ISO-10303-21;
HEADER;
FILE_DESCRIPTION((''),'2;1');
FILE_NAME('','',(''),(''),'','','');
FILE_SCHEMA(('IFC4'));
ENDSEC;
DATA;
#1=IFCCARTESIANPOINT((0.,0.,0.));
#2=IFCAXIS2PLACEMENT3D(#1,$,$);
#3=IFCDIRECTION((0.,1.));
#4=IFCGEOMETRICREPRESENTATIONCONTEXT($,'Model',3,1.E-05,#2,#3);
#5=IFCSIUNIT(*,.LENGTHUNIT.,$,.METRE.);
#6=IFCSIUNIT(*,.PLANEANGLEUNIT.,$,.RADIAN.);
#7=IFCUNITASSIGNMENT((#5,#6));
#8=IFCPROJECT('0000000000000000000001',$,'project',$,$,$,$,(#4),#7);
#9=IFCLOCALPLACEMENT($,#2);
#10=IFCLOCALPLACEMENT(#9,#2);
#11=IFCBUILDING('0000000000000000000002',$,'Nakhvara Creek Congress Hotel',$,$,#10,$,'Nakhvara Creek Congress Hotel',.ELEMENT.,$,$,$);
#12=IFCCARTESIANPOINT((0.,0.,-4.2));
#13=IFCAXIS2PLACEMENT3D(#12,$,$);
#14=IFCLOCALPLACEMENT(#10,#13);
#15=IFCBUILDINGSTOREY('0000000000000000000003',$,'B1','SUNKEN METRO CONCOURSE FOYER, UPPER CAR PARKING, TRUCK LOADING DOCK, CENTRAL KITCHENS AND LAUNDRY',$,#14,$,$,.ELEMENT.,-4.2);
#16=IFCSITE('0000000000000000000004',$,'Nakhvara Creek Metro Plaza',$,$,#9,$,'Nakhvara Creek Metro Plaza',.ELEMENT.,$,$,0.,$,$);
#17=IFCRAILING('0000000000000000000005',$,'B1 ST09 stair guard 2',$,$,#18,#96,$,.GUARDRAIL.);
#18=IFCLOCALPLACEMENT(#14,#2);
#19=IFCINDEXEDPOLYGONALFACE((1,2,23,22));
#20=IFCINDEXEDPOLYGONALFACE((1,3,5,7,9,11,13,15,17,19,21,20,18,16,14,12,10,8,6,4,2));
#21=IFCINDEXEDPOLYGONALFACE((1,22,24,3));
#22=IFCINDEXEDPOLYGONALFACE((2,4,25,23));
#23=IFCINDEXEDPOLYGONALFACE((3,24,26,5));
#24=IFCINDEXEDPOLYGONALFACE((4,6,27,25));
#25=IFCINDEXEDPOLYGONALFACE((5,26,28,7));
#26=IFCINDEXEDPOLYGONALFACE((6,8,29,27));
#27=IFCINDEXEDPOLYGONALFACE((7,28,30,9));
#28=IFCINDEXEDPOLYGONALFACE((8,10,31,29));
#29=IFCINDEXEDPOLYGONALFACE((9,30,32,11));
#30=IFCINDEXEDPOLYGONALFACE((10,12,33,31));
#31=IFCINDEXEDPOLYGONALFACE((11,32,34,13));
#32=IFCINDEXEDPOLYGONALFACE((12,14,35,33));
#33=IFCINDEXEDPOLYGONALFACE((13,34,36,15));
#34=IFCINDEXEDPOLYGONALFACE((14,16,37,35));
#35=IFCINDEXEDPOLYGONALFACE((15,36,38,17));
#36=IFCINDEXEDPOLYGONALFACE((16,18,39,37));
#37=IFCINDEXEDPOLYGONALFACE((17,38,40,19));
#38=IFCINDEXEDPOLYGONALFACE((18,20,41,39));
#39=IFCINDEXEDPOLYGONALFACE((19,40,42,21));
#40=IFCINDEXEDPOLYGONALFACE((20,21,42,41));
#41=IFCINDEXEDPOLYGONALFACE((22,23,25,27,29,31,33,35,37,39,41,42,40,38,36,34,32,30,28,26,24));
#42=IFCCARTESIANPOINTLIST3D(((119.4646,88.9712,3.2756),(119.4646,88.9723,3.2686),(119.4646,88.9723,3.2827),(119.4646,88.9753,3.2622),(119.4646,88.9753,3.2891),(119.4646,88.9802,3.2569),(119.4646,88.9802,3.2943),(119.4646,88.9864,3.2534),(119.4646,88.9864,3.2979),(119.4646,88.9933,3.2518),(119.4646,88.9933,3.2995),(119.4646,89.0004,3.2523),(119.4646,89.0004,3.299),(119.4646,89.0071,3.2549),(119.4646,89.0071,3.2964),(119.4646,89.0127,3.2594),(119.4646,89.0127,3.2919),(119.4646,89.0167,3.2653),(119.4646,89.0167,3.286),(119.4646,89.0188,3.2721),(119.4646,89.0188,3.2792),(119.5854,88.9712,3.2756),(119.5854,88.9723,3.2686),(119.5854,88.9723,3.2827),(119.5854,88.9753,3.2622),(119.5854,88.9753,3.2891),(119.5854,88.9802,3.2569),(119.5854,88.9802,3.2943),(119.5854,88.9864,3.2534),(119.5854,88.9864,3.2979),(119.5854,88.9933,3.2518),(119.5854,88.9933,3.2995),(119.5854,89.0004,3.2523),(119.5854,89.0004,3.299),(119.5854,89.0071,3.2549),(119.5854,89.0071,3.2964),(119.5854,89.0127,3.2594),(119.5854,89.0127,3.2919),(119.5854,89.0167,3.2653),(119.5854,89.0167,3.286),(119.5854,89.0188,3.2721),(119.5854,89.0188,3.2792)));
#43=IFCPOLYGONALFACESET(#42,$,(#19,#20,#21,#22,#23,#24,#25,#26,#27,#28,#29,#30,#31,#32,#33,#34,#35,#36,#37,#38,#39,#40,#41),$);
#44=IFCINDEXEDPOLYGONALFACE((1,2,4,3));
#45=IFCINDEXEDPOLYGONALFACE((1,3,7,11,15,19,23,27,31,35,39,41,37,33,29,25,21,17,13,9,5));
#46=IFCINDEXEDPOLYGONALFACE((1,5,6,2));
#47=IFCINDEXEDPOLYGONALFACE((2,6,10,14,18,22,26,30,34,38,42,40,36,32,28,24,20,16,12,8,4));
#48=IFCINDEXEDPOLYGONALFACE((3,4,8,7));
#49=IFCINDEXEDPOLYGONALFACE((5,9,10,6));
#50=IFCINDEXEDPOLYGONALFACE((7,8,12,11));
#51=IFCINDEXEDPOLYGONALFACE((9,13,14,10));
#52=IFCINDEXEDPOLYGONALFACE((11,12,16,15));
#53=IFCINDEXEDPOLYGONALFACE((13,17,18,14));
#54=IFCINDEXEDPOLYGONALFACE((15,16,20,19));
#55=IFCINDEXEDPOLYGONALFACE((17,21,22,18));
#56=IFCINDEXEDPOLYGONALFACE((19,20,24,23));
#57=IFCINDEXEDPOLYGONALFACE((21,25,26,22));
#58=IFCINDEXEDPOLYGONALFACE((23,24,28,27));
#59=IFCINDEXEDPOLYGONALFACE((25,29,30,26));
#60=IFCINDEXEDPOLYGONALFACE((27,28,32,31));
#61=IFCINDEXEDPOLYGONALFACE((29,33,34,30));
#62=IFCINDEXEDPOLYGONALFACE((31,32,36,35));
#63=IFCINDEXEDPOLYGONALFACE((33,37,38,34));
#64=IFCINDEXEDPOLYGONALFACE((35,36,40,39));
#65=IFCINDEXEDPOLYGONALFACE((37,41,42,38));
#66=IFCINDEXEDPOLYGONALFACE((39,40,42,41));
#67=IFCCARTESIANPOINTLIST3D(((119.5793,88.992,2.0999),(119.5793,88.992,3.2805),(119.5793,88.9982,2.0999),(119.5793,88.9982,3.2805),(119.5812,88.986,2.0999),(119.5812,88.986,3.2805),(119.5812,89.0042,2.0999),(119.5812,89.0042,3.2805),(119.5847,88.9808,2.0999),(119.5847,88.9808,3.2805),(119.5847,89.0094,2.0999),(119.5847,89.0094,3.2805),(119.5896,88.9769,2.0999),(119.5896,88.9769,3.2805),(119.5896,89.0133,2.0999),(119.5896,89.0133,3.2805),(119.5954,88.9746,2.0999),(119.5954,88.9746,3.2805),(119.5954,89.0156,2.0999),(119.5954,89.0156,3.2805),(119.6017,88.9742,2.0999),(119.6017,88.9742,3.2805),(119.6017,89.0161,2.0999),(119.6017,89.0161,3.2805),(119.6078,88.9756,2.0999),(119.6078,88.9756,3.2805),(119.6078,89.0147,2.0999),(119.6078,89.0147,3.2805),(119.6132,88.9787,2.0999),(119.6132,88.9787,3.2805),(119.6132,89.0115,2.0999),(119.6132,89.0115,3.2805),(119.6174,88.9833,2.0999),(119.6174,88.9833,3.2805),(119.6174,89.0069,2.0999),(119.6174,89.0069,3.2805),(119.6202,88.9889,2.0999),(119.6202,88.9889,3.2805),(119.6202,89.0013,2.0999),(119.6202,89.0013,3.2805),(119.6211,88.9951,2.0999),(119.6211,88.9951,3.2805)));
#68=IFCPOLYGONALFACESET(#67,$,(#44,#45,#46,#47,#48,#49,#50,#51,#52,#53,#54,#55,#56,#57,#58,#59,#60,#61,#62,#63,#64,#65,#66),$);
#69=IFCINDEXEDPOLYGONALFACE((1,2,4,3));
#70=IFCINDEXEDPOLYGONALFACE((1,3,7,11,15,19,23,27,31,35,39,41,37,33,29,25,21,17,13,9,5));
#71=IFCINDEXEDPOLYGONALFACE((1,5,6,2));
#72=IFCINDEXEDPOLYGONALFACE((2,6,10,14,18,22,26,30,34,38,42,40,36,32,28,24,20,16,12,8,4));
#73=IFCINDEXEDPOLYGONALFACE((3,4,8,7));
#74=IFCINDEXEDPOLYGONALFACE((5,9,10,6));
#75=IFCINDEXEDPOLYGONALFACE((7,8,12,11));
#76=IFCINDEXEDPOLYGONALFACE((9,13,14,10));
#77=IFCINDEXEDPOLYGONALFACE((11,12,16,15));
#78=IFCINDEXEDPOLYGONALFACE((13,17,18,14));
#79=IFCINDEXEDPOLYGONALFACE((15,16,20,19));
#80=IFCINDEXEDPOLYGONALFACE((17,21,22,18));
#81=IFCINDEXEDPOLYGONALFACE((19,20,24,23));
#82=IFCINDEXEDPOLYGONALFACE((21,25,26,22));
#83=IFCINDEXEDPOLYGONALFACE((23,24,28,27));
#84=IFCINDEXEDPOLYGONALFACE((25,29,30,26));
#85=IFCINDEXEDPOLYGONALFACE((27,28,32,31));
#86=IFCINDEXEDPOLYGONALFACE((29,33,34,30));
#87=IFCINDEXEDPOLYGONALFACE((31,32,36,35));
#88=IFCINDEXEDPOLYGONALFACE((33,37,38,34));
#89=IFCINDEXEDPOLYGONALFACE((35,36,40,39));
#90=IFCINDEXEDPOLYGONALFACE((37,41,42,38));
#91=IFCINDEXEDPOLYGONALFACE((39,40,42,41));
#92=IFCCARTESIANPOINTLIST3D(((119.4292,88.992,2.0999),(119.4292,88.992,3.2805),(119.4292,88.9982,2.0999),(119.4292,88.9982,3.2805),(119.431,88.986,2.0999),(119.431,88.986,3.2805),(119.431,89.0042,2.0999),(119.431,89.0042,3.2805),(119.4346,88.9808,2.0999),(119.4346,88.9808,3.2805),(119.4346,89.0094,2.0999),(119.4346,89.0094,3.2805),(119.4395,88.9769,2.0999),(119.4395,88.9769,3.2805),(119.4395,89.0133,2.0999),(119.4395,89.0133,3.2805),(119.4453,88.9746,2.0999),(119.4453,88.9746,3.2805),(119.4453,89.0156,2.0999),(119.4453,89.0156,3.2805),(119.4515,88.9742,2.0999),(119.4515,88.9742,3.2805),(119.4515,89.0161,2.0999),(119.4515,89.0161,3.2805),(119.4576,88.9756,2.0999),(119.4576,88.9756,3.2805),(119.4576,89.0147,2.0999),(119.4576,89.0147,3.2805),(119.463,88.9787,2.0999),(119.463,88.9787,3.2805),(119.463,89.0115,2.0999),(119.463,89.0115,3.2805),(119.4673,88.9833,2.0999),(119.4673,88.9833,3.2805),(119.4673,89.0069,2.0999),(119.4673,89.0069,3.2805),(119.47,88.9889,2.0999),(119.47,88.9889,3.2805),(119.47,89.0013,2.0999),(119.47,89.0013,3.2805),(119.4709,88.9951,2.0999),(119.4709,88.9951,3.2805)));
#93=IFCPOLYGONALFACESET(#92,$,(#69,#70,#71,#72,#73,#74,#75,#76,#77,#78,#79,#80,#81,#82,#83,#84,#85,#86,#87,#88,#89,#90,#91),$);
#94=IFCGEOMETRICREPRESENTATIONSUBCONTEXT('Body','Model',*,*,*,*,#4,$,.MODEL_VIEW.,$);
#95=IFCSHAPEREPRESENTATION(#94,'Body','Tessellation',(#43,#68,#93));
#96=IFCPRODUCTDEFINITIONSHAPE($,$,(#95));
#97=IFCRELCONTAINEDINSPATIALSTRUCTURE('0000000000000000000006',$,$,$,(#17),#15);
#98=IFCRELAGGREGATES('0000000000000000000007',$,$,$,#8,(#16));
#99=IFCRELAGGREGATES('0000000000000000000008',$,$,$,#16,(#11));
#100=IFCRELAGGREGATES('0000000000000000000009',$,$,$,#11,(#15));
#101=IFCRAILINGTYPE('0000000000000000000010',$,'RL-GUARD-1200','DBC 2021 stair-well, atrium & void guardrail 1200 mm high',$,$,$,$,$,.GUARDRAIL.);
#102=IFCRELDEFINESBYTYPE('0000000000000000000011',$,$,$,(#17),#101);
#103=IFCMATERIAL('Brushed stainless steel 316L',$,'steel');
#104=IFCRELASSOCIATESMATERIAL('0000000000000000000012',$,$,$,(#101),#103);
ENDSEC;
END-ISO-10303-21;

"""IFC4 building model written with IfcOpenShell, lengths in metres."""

from ifc_helpers import new_model, si_unit, direction, frame, origin, origin_2d, place, context, subcontext, project, spatial, circle, extrude, material, type_object, element, save


model = new_model("IFC4")

# Units and contexts
model_context = context("Model", 3, precision=1e-05, world=origin(), true_north=direction((0.0, 1.0)))
body_context = subcontext(model_context, "Body", "Model", "MODEL_VIEW")
ifc_project = project(units=[si_unit("LENGTHUNIT", "METRE"), si_unit("PLANEANGLEUNIT", "RADIAN")], contexts=[model_context])

# Site, building, storey
site_placement = place(None, origin())
site = spatial("IfcSite", under=ifc_project, at=site_placement, Name="Nakhvara Creek Metro Plaza", LongName="Nakhvara Creek Metro Plaza", CompositionType="ELEMENT", RefElevation=0.0)
building_placement = place(site_placement, origin())
building = spatial("IfcBuilding", under=site, at=building_placement, Name="Nakhvara Creek Congress Hotel", LongName="Nakhvara Creek Congress Hotel", CompositionType="ELEMENT")
storey_placement = place(building_placement, frame((0.0, 0.0, -4.2)))
storey = spatial("IfcBuildingStorey", under=building, at=storey_placement, Name="B1", Description="SUNKEN METRO CONCOURSE FOYER, UPPER CAR PARKING, TRUCK LOADING DOCK, CENTRAL KITCHENS AND LAUNDRY", CompositionType="ELEMENT", Elevation=-4.2)

# Railing
ifc_material_1 = material(Name="Brushed stainless steel 316L", Category="steel")
railing_type_1 = type_object("IfcRailingType", Name="RL-GUARD-1200", Description="DBC 2021 stair-well, atrium & void guardrail 1200 mm high", PredefinedType="GUARDRAIL", material=ifc_material_1)
railing_1_placement = place(storey_placement, frame((119.6001, 88.9951, 2.0999)))
element("IfcRailing", 1, at=railing_1_placement, inside=storey, type_object=railing_type_1, Name="B1 ST09 stair guard 2", PredefinedType="GUARDRAIL", context=body_context, shape_type="SweptSolid", body=[
    extrude(circle(Radius=0.0239, at=origin_2d()), frame((-0.0146, 0.0, 1.1758), z_axis=(-1.0, 0.0, 0.0), x_axis=(0.0, -1.0, 0.0)), (0.0, 0.0, 1.0), 0.1208),
    extrude(circle(Radius=0.021, at=origin_2d()), origin(), (0.0, 0.0, 1.0), 1.1807),
    extrude(circle(Radius=0.021, at=origin_2d()), frame((-0.1501, 0.0, 0.0)), (0.0, 0.0, 1.0), 1.1807),
])

save(model, "model.ifc")
